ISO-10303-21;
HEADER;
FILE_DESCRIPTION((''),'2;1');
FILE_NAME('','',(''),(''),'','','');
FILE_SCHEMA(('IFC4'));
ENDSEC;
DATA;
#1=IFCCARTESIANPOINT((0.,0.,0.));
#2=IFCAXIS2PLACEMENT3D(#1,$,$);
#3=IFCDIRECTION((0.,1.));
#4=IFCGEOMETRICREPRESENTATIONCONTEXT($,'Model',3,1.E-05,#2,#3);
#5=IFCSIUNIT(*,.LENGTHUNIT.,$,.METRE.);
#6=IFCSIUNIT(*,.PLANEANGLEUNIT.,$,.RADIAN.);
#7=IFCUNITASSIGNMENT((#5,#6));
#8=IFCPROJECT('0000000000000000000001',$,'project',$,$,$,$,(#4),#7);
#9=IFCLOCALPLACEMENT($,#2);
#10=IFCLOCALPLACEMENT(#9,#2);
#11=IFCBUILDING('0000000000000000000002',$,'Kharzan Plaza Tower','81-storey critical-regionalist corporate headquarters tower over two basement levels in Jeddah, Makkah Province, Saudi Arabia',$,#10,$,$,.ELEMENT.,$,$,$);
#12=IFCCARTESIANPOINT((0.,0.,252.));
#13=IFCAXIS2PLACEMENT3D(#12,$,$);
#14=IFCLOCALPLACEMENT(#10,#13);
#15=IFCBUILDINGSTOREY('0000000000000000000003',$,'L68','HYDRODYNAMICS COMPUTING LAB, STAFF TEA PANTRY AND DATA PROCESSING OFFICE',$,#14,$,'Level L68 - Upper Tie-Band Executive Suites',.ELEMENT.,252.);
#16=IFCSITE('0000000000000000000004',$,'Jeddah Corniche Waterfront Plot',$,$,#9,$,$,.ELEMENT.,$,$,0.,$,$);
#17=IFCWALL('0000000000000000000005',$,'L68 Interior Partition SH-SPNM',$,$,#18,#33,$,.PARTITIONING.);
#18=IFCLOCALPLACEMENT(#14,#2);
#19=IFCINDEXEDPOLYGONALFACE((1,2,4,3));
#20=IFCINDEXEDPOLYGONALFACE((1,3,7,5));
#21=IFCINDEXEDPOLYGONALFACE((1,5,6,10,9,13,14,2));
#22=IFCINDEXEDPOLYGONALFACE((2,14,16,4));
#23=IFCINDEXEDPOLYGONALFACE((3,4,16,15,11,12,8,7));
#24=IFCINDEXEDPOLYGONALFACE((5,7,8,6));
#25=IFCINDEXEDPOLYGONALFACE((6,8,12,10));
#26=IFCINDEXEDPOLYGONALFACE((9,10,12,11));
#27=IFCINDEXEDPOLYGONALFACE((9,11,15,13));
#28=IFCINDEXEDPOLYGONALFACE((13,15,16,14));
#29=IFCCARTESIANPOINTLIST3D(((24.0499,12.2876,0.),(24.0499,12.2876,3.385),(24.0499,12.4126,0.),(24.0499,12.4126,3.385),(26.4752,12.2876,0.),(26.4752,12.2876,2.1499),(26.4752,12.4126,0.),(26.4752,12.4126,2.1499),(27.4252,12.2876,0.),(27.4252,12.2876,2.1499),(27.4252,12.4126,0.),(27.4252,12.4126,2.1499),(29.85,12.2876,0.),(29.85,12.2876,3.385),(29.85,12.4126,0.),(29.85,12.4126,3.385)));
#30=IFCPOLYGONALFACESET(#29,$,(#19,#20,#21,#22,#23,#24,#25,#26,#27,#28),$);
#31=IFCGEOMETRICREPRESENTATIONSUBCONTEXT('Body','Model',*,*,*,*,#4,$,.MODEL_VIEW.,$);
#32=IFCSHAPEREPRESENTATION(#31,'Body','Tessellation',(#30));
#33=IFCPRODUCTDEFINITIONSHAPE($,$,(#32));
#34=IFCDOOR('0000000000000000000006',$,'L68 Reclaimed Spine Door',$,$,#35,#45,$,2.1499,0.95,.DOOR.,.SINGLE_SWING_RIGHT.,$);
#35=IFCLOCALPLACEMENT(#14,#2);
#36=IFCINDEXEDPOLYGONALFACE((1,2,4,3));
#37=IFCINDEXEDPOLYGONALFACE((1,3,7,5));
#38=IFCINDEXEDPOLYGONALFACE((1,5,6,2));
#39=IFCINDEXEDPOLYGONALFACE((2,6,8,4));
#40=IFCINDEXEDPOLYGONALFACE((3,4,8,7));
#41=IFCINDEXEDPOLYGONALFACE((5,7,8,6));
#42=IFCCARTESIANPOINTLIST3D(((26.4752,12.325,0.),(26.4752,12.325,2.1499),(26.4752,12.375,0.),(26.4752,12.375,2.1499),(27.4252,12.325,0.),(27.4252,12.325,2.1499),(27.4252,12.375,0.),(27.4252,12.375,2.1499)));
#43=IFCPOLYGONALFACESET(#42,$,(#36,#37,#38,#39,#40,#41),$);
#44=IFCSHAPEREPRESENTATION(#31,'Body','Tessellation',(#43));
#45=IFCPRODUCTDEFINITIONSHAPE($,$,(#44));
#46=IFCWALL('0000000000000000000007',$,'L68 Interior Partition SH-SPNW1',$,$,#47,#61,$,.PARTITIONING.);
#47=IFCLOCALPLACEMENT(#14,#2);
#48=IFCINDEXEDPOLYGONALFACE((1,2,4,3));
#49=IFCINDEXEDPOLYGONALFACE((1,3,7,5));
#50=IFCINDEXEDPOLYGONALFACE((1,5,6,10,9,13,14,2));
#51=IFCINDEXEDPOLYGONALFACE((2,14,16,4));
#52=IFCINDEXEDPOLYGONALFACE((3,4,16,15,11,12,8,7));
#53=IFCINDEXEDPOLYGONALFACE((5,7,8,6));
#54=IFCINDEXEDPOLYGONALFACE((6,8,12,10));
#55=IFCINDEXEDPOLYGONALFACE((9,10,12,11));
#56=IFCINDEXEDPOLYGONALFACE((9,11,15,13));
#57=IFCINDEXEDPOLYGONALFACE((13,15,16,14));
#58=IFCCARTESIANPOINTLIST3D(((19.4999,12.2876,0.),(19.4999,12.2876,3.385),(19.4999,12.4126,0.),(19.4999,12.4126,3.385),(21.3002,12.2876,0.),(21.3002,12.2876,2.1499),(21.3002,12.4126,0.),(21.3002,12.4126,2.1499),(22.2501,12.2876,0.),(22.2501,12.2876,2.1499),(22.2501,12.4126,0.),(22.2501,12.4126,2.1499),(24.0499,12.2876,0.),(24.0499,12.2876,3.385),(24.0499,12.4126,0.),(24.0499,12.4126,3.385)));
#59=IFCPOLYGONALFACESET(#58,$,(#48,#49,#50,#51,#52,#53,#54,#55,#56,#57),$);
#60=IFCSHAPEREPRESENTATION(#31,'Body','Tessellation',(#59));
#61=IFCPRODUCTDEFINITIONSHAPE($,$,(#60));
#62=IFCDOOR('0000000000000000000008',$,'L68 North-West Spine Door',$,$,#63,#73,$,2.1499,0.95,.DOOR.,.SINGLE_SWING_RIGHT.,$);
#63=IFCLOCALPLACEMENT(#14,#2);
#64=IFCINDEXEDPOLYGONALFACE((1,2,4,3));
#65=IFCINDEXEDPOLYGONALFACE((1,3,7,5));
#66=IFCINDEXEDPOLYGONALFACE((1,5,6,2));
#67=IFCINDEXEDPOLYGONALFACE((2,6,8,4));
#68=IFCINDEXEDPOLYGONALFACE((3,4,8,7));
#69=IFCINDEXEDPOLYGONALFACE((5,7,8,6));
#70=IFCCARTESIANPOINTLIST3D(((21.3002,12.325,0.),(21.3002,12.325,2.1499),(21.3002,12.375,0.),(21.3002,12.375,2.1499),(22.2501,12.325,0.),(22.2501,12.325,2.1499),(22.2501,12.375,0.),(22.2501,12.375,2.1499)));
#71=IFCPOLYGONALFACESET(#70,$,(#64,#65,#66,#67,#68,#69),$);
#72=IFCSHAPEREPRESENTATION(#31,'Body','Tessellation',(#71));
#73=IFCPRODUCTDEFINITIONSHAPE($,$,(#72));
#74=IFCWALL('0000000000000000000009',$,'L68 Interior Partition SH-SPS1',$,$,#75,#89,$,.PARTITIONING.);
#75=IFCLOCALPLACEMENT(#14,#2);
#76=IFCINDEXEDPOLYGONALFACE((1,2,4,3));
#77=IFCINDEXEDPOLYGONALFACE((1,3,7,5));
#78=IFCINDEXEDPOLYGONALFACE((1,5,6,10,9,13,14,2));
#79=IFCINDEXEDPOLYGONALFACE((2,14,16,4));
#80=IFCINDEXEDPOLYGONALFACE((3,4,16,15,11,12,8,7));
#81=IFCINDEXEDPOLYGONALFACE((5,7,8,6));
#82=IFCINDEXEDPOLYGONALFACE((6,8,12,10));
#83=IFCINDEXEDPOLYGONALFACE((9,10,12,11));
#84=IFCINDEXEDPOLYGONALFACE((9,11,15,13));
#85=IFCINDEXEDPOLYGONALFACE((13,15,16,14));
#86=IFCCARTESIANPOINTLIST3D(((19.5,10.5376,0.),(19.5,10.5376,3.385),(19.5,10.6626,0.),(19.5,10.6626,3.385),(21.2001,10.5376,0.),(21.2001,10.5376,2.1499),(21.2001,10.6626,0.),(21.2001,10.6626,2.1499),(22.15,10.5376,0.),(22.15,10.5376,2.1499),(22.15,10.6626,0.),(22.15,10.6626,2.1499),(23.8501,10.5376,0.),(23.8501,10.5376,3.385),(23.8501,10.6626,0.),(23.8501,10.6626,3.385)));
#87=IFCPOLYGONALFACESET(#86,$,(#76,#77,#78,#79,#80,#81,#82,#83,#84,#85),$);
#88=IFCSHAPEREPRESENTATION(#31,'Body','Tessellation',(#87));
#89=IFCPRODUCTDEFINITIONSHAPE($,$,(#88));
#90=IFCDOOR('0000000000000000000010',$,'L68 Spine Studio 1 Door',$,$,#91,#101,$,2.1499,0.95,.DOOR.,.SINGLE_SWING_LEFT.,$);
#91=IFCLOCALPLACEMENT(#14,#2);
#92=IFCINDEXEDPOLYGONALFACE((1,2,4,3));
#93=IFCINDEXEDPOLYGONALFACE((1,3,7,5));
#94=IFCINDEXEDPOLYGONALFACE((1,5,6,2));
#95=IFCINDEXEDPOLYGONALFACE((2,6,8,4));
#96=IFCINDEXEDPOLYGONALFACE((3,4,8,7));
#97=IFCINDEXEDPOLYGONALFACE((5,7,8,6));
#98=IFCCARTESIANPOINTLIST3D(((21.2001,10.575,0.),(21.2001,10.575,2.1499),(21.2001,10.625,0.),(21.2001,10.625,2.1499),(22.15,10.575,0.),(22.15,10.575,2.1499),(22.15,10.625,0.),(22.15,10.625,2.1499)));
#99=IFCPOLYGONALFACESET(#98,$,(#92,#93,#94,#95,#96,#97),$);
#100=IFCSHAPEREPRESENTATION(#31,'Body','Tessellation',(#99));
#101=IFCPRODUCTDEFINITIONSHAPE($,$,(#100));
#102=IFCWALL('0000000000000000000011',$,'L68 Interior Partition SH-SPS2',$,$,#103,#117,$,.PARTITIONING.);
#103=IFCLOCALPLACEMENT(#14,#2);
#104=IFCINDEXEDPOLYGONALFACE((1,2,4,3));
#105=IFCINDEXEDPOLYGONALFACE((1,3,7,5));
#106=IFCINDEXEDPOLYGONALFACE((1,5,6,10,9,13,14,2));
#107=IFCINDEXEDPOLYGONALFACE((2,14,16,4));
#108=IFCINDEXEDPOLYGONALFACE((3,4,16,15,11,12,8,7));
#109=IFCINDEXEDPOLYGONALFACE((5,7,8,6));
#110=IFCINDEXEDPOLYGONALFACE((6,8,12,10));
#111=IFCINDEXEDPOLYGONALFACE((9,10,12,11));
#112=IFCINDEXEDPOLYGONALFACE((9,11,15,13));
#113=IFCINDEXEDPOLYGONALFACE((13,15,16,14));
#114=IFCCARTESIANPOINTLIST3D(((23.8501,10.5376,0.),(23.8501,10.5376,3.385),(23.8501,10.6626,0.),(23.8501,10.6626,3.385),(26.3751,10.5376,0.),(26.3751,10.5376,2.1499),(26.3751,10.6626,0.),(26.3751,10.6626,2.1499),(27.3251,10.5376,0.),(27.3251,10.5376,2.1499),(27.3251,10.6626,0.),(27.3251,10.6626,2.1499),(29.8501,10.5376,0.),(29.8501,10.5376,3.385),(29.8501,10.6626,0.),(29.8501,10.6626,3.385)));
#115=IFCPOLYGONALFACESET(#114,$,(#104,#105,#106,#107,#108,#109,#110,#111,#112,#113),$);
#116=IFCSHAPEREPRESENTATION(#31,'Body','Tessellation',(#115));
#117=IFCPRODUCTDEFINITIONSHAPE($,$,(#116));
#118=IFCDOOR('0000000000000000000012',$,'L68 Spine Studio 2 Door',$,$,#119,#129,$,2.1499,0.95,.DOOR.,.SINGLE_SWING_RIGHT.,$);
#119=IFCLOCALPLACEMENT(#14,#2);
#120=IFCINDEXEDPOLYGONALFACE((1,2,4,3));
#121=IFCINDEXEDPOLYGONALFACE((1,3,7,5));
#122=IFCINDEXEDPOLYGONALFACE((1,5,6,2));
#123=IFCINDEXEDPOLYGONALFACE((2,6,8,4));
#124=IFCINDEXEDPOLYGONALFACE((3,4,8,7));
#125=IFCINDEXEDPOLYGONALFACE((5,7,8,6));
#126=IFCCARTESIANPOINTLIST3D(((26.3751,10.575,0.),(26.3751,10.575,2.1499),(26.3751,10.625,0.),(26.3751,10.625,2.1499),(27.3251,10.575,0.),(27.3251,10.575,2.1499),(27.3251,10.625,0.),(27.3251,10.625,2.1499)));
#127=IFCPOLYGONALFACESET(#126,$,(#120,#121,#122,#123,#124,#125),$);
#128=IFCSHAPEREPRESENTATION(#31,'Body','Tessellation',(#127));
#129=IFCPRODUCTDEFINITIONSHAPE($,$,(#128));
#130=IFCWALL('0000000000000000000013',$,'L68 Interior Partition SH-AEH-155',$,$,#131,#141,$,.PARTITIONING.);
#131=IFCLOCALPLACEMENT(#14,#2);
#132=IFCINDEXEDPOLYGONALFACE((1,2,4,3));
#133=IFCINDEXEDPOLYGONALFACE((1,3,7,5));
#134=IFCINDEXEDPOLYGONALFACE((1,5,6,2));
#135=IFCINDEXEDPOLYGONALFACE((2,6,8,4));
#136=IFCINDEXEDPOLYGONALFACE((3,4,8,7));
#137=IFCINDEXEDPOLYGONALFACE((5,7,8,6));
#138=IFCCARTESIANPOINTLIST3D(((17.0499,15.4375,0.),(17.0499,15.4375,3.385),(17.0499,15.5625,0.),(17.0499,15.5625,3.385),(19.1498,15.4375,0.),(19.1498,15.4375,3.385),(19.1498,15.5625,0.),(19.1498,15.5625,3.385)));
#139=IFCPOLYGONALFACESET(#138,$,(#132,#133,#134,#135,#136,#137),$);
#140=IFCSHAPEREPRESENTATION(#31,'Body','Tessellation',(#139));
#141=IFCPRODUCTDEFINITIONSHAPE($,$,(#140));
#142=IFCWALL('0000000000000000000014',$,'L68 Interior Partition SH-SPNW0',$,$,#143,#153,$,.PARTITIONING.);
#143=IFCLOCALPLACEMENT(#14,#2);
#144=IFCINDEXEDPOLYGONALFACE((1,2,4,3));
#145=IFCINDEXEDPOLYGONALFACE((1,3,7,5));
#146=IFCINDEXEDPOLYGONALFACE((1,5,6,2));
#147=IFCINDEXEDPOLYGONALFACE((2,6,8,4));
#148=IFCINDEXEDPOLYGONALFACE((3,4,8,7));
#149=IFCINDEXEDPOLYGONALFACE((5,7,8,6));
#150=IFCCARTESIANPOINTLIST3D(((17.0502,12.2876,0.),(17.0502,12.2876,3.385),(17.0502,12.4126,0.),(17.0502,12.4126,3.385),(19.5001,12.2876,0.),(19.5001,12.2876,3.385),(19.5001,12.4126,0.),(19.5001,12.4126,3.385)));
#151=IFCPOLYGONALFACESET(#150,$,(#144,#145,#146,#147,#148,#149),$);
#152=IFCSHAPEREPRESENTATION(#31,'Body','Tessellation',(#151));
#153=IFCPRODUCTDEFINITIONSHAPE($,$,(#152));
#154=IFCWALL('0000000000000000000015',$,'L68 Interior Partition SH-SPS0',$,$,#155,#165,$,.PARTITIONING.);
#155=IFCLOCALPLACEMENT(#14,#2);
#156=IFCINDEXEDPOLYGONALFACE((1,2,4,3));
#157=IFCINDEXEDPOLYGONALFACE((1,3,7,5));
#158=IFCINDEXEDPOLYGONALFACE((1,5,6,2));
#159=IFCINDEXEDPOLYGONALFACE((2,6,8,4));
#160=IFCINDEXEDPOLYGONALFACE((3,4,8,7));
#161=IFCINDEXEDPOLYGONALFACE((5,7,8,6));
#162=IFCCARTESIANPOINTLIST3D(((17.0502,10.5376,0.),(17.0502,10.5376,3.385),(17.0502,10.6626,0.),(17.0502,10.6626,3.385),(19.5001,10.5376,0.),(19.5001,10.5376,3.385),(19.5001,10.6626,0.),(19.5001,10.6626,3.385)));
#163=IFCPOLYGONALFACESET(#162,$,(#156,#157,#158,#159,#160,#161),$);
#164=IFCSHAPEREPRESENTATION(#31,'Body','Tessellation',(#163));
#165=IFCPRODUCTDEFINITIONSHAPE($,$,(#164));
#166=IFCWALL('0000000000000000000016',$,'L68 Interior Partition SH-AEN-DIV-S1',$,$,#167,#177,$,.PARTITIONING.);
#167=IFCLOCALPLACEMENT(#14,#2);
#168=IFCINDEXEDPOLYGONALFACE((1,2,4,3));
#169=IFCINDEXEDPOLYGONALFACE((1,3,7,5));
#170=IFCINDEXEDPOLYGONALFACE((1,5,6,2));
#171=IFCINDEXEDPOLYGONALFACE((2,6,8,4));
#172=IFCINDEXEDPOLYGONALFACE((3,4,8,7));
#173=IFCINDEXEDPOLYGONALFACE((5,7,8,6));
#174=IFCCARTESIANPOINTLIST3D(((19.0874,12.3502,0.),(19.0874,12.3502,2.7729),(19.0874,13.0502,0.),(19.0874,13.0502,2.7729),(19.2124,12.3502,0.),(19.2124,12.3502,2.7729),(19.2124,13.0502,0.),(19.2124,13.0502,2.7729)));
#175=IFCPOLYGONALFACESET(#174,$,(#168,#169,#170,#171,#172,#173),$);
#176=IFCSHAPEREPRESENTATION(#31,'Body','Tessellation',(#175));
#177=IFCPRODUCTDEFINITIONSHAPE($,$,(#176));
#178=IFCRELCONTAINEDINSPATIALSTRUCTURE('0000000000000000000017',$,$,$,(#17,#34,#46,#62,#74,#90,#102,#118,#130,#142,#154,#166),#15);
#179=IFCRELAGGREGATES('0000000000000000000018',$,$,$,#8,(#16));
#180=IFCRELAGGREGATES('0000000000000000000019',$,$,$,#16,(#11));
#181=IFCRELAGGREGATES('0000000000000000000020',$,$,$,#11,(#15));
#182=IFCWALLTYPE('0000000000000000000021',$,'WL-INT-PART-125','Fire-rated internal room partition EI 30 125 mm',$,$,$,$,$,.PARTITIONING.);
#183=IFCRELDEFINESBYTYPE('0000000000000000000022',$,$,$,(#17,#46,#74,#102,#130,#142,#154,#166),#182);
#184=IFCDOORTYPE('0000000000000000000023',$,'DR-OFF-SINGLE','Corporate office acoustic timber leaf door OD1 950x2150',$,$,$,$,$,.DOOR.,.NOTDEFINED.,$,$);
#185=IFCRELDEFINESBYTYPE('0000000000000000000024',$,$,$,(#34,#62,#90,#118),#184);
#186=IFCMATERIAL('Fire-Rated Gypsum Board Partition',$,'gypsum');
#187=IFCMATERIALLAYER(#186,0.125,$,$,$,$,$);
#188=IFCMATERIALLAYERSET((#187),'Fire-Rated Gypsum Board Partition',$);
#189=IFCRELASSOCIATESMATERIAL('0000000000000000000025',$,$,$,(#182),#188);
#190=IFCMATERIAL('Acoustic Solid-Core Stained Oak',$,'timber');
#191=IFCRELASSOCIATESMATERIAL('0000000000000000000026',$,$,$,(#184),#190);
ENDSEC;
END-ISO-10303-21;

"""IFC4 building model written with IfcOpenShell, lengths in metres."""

from ifc_helpers import new_model, si_unit, direction, frame, frame_2d, origin, place, context, subcontext, project, spatial, rectangle, extrude, source, transform, mapped, material, layer, layer_set, type_object, element, fill, save


model = new_model("IFC4")

# Units and contexts
model_context = context("Model", 3, precision=1e-05, world=origin(), true_north=direction((0.0, 1.0)))
body_context = subcontext(model_context, "Body", "Model", "MODEL_VIEW")
ifc_project = project(units=[si_unit("LENGTHUNIT", "METRE"), si_unit("PLANEANGLEUNIT", "RADIAN")], contexts=[model_context])

# Site, building, storey
site_placement = place(None, origin())
site = spatial("IfcSite", under=ifc_project, at=site_placement, Name="Jeddah Corniche Waterfront Plot", CompositionType="ELEMENT", RefElevation=0.0)
building_placement = place(site_placement, origin())
building = spatial("IfcBuilding", under=site, at=building_placement, Name="Kharzan Plaza Tower", Description="81-storey critical-regionalist corporate headquarters tower over two basement levels in Jeddah, Makkah Province, Saudi Arabia", CompositionType="ELEMENT")
storey_placement = place(building_placement, frame((0.0, 0.0, 252.0)))
storey = spatial("IfcBuildingStorey", under=building, at=storey_placement, Name="L68", Description="HYDRODYNAMICS COMPUTING LAB, STAFF TEA PANTRY AND DATA PROCESSING OFFICE", LongName="Level L68 - Upper Tie-Band Executive Suites", CompositionType="ELEMENT", Elevation=252.0)

# Walls, openings, doors
ifc_material_1 = material(Name="Fire-Rated Gypsum Board Partition", Category="gypsum")
ifc_layer = layer(ifc_material_1, 0.125)
ifc_layer_set = layer_set([ifc_layer], Name="Fire-Rated Gypsum Board Partition")
wall_type = type_object("IfcWallType", Name="WL-INT-PART-125", Description="Fire-rated internal room partition EI 30 125 mm", PredefinedType="PARTITIONING", material=ifc_layer_set)
ifc_material_2 = material(Name="Acoustic Solid-Core Stained Oak", Category="timber")
door_type = type_object("IfcDoorType", Name="DR-OFF-SINGLE", Description="Corporate office acoustic timber leaf door OD1 950x2150", OperationType="NOTDEFINED", PredefinedType="DOOR", material=ifc_material_2)
shared_shape_1 = source(origin(), body_context, "Body", "SweptSolid", [
    extrude(rectangle(XDim=0.95, YDim=2.1499, at=frame_2d((0.4751, 1.075))), frame((0.0, 0.0249, 0.0), z_axis=(0.0, -1.0, 0.0), x_axis=(1.0, 0.0, 0.0)), (0.0, 0.0, 1.0), 0.05),
])
wall_1_placement = place(storey_placement, frame((24.05, 12.3501, 0.0), z_axis=(0.0, 0.0, 1.0), x_axis=(1.0, 0.0, 0.0)))
wall_1 = element("IfcWall", 1, at=wall_1_placement, inside=storey, type_object=wall_type, Name="L68 Interior Partition SH-SPNM", PredefinedType="PARTITIONING", context=body_context, shape_type="SweptSolid", body=[
    extrude(rectangle(XDim=5.8, YDim=0.125, at=frame_2d((2.8999, 0.0))), origin(), (0.0, 0.0, 1.0), 3.385),
])
opening_1_placement = place(wall_1_placement, frame((2.425, 0.0, 0.0)))
opening_1 = element("IfcOpeningElement", 2, at=opening_1_placement, cuts=wall_1, PredefinedType="OPENING", context=body_context, shape_type="SweptSolid", body=[
    extrude(rectangle(XDim=0.95, YDim=2.1499, at=frame_2d((0.4751, 1.075))), frame((0.0, 0.0725, 0.0), z_axis=(0.0, -1.0, 0.0), x_axis=(1.0, 0.0, 0.0)), (0.0, 0.0, 1.0), 0.145),
])
door_1_placement = place(opening_1_placement, origin())
door_1 = element("IfcDoor", 3, at=door_1_placement, inside=storey, type_object=door_type, Name="L68 Reclaimed Spine Door", OperationType="SINGLE_SWING_RIGHT", OverallHeight=2.1499, OverallWidth=0.95, PredefinedType="DOOR", context=body_context, shape_type="MappedRepresentation", body=[
    mapped(shared_shape_1, transform((0.0, 0.0, 0.0), x_axis=(1.0, 0.0, 0.0), y_axis=(0.0, 1.0, 0.0), z_axis=(0.0, 0.0, 1.0))),
])
fill(opening_1, door_1)
wall_2_placement = place(storey_placement, frame((19.5, 12.3501, 0.0), z_axis=(0.0, 0.0, 1.0), x_axis=(1.0, 0.0, 0.0)))
wall_2 = element("IfcWall", 4, at=wall_2_placement, inside=storey, type_object=wall_type, Name="L68 Interior Partition SH-SPNW1", PredefinedType="PARTITIONING", context=body_context, shape_type="SweptSolid", body=[
    extrude(rectangle(XDim=4.55, YDim=0.125, at=frame_2d((2.2749, 0.0))), origin(), (0.0, 0.0, 1.0), 3.385),
])
opening_2_placement = place(wall_2_placement, frame((1.8, 0.0, 0.0)))
opening_2 = element("IfcOpeningElement", 5, at=opening_2_placement, cuts=wall_2, PredefinedType="OPENING", context=body_context, shape_type="SweptSolid", body=[
    extrude(rectangle(XDim=0.95, YDim=2.1499, at=frame_2d((0.4751, 1.075))), frame((0.0, 0.0725, 0.0), z_axis=(0.0, -1.0, 0.0), x_axis=(1.0, 0.0, 0.0)), (0.0, 0.0, 1.0), 0.145),
])
door_2_placement = place(opening_2_placement, origin())
door_2 = element("IfcDoor", 6, at=door_2_placement, inside=storey, type_object=door_type, Name="L68 North-West Spine Door", OperationType="SINGLE_SWING_RIGHT", OverallHeight=2.1499, OverallWidth=0.95, PredefinedType="DOOR", context=body_context, shape_type="MappedRepresentation", body=[
    mapped(shared_shape_1, transform((0.0, 0.0, 0.0), x_axis=(1.0, 0.0, 0.0), y_axis=(0.0, 1.0, 0.0), z_axis=(0.0, 0.0, 1.0))),
])
fill(opening_2, door_2)
wall_3_placement = place(storey_placement, frame((19.5, 10.6001, 0.0), z_axis=(0.0, 0.0, 1.0), x_axis=(1.0, 0.0, 0.0)))
wall_3 = element("IfcWall", 7, at=wall_3_placement, inside=storey, type_object=wall_type, Name="L68 Interior Partition SH-SPS1", PredefinedType="PARTITIONING", context=body_context, shape_type="SweptSolid", body=[
    extrude(rectangle(XDim=4.3501, YDim=0.125, at=frame_2d((2.175, 0.0))), origin(), (0.0, 0.0, 1.0), 3.385),
])
opening_3_placement = place(wall_3_placement, frame((1.7, 0.0, 0.0)))
opening_3 = element("IfcOpeningElement", 8, at=opening_3_placement, cuts=wall_3, PredefinedType="OPENING", context=body_context, shape_type="SweptSolid", body=[
    extrude(rectangle(XDim=0.95, YDim=2.1499, at=frame_2d((0.4751, 1.075))), frame((0.0, 0.0725, 0.0), z_axis=(0.0, -1.0, 0.0), x_axis=(1.0, 0.0, 0.0)), (0.0, 0.0, 1.0), 0.145),
])
door_3_placement = place(opening_3_placement, origin())
door_3 = element("IfcDoor", 9, at=door_3_placement, inside=storey, type_object=door_type, Name="L68 Spine Studio 1 Door", OperationType="SINGLE_SWING_LEFT", OverallHeight=2.1499, OverallWidth=0.95, PredefinedType="DOOR", context=body_context, shape_type="MappedRepresentation", body=[
    mapped(shared_shape_1, transform((0.0, 0.0, 0.0), x_axis=(1.0, 0.0, 0.0), y_axis=(0.0, 1.0, 0.0), z_axis=(0.0, 0.0, 1.0))),
])
fill(opening_3, door_3)
wall_4_placement = place(storey_placement, frame((23.8501, 10.6001, 0.0), z_axis=(0.0, 0.0, 1.0), x_axis=(1.0, 0.0, 0.0)))
wall_4 = element("IfcWall", 10, at=wall_4_placement, inside=storey, type_object=wall_type, Name="L68 Interior Partition SH-SPS2", PredefinedType="PARTITIONING", context=body_context, shape_type="SweptSolid", body=[
    extrude(rectangle(XDim=6.0, YDim=0.125, at=frame_2d((3.0, 0.0))), origin(), (0.0, 0.0, 1.0), 3.385),
])
opening_4_placement = place(wall_4_placement, frame((2.5249, 0.0, 0.0)))
opening_4 = element("IfcOpeningElement", 11, at=opening_4_placement, cuts=wall_4, PredefinedType="OPENING", context=body_context, shape_type="SweptSolid", body=[
    extrude(rectangle(XDim=0.95, YDim=2.1499, at=frame_2d((0.4751, 1.075))), frame((0.0, 0.0725, 0.0), z_axis=(0.0, -1.0, 0.0), x_axis=(1.0, 0.0, 0.0)), (0.0, 0.0, 1.0), 0.145),
])
door_4_placement = place(opening_4_placement, origin())
door_4 = element("IfcDoor", 12, at=door_4_placement, inside=storey, type_object=door_type, Name="L68 Spine Studio 2 Door", OperationType="SINGLE_SWING_RIGHT", OverallHeight=2.1499, OverallWidth=0.95, PredefinedType="DOOR", context=body_context, shape_type="MappedRepresentation", body=[
    mapped(shared_shape_1, transform((0.0, 0.0, 0.0), x_axis=(1.0, 0.0, 0.0), y_axis=(0.0, 1.0, 0.0), z_axis=(0.0, 0.0, 1.0))),
])
fill(opening_4, door_4)

# Walls
shared_shape_2 = source(origin(), body_context, "Body", "SweptSolid", [
    extrude(rectangle(XDim=2.0999, YDim=0.125, at=frame_2d((1.0498, 0.0))), origin(), (0.0, 0.0, 1.0), 3.385),
])
wall_5_placement = place(storey_placement, frame((17.05, 15.5, 0.0), z_axis=(0.0, 0.0, 1.0), x_axis=(1.0, 0.0, 0.0)))
element("IfcWall", 13, at=wall_5_placement, inside=storey, type_object=wall_type, Name="L68 Interior Partition SH-AEH-155", PredefinedType="PARTITIONING", context=body_context, shape_type="MappedRepresentation", body=[
    mapped(shared_shape_2, transform((0.0, 0.0, 0.0), x_axis=(1.0, 0.0, 0.0), y_axis=(0.0, 1.0, 0.0), z_axis=(0.0, 0.0, 1.0))),
])
shared_shape_3 = source(origin(), body_context, "Body", "SweptSolid", [
    extrude(rectangle(XDim=2.45, YDim=0.125, at=frame_2d((1.2251, 0.0))), origin(), (0.0, 0.0, 1.0), 3.385),
])
for number, where, z_axis, x_axis, name in (
    (14, (17.05, 12.3501, 0.0), (0.0, 0.0, 1.0), (1.0, 0.0, 0.0), "L68 Interior Partition SH-SPNW0"),
    (15, (17.05, 10.6001, 0.0), (0.0, 0.0, 1.0), (1.0, 0.0, 0.0), "L68 Interior Partition SH-SPS0"),
):
    element("IfcWall", number, at=place(storey_placement, frame(where, z_axis=z_axis, x_axis=x_axis)), inside=storey, type_object=wall_type, Name=name, PredefinedType="PARTITIONING", context=body_context, shape_type="MappedRepresentation", body=[
        mapped(shared_shape_3, transform((0.0, 0.0, 0.0), x_axis=(1.0, 0.0, 0.0), y_axis=(0.0, 1.0, 0.0), z_axis=(0.0, 0.0, 1.0))),
    ])
shared_shape_4 = source(origin(), body_context, "Body", "SweptSolid", [
    extrude(rectangle(XDim=0.7, YDim=0.125, at=frame_2d((0.3501, 0.0))), origin(), (0.0, 0.0, 1.0), 2.7729),
])
wall_6_placement = place(storey_placement, frame((19.1499, 12.3501, 0.0), z_axis=(0.0, 0.0, 1.0), x_axis=(0.0, 1.0, 0.0)))
element("IfcWall", 16, at=wall_6_placement, inside=storey, type_object=wall_type, Name="L68 Interior Partition SH-AEN-DIV-S1", PredefinedType="PARTITIONING", context=body_context, shape_type="MappedRepresentation", body=[
    mapped(shared_shape_4, transform((0.0, 0.0, 0.0), x_axis=(1.0, 0.0, 0.0), y_axis=(0.0, 1.0, 0.0), z_axis=(0.0, 0.0, 1.0))),
])

save(model, "model.ifc")
